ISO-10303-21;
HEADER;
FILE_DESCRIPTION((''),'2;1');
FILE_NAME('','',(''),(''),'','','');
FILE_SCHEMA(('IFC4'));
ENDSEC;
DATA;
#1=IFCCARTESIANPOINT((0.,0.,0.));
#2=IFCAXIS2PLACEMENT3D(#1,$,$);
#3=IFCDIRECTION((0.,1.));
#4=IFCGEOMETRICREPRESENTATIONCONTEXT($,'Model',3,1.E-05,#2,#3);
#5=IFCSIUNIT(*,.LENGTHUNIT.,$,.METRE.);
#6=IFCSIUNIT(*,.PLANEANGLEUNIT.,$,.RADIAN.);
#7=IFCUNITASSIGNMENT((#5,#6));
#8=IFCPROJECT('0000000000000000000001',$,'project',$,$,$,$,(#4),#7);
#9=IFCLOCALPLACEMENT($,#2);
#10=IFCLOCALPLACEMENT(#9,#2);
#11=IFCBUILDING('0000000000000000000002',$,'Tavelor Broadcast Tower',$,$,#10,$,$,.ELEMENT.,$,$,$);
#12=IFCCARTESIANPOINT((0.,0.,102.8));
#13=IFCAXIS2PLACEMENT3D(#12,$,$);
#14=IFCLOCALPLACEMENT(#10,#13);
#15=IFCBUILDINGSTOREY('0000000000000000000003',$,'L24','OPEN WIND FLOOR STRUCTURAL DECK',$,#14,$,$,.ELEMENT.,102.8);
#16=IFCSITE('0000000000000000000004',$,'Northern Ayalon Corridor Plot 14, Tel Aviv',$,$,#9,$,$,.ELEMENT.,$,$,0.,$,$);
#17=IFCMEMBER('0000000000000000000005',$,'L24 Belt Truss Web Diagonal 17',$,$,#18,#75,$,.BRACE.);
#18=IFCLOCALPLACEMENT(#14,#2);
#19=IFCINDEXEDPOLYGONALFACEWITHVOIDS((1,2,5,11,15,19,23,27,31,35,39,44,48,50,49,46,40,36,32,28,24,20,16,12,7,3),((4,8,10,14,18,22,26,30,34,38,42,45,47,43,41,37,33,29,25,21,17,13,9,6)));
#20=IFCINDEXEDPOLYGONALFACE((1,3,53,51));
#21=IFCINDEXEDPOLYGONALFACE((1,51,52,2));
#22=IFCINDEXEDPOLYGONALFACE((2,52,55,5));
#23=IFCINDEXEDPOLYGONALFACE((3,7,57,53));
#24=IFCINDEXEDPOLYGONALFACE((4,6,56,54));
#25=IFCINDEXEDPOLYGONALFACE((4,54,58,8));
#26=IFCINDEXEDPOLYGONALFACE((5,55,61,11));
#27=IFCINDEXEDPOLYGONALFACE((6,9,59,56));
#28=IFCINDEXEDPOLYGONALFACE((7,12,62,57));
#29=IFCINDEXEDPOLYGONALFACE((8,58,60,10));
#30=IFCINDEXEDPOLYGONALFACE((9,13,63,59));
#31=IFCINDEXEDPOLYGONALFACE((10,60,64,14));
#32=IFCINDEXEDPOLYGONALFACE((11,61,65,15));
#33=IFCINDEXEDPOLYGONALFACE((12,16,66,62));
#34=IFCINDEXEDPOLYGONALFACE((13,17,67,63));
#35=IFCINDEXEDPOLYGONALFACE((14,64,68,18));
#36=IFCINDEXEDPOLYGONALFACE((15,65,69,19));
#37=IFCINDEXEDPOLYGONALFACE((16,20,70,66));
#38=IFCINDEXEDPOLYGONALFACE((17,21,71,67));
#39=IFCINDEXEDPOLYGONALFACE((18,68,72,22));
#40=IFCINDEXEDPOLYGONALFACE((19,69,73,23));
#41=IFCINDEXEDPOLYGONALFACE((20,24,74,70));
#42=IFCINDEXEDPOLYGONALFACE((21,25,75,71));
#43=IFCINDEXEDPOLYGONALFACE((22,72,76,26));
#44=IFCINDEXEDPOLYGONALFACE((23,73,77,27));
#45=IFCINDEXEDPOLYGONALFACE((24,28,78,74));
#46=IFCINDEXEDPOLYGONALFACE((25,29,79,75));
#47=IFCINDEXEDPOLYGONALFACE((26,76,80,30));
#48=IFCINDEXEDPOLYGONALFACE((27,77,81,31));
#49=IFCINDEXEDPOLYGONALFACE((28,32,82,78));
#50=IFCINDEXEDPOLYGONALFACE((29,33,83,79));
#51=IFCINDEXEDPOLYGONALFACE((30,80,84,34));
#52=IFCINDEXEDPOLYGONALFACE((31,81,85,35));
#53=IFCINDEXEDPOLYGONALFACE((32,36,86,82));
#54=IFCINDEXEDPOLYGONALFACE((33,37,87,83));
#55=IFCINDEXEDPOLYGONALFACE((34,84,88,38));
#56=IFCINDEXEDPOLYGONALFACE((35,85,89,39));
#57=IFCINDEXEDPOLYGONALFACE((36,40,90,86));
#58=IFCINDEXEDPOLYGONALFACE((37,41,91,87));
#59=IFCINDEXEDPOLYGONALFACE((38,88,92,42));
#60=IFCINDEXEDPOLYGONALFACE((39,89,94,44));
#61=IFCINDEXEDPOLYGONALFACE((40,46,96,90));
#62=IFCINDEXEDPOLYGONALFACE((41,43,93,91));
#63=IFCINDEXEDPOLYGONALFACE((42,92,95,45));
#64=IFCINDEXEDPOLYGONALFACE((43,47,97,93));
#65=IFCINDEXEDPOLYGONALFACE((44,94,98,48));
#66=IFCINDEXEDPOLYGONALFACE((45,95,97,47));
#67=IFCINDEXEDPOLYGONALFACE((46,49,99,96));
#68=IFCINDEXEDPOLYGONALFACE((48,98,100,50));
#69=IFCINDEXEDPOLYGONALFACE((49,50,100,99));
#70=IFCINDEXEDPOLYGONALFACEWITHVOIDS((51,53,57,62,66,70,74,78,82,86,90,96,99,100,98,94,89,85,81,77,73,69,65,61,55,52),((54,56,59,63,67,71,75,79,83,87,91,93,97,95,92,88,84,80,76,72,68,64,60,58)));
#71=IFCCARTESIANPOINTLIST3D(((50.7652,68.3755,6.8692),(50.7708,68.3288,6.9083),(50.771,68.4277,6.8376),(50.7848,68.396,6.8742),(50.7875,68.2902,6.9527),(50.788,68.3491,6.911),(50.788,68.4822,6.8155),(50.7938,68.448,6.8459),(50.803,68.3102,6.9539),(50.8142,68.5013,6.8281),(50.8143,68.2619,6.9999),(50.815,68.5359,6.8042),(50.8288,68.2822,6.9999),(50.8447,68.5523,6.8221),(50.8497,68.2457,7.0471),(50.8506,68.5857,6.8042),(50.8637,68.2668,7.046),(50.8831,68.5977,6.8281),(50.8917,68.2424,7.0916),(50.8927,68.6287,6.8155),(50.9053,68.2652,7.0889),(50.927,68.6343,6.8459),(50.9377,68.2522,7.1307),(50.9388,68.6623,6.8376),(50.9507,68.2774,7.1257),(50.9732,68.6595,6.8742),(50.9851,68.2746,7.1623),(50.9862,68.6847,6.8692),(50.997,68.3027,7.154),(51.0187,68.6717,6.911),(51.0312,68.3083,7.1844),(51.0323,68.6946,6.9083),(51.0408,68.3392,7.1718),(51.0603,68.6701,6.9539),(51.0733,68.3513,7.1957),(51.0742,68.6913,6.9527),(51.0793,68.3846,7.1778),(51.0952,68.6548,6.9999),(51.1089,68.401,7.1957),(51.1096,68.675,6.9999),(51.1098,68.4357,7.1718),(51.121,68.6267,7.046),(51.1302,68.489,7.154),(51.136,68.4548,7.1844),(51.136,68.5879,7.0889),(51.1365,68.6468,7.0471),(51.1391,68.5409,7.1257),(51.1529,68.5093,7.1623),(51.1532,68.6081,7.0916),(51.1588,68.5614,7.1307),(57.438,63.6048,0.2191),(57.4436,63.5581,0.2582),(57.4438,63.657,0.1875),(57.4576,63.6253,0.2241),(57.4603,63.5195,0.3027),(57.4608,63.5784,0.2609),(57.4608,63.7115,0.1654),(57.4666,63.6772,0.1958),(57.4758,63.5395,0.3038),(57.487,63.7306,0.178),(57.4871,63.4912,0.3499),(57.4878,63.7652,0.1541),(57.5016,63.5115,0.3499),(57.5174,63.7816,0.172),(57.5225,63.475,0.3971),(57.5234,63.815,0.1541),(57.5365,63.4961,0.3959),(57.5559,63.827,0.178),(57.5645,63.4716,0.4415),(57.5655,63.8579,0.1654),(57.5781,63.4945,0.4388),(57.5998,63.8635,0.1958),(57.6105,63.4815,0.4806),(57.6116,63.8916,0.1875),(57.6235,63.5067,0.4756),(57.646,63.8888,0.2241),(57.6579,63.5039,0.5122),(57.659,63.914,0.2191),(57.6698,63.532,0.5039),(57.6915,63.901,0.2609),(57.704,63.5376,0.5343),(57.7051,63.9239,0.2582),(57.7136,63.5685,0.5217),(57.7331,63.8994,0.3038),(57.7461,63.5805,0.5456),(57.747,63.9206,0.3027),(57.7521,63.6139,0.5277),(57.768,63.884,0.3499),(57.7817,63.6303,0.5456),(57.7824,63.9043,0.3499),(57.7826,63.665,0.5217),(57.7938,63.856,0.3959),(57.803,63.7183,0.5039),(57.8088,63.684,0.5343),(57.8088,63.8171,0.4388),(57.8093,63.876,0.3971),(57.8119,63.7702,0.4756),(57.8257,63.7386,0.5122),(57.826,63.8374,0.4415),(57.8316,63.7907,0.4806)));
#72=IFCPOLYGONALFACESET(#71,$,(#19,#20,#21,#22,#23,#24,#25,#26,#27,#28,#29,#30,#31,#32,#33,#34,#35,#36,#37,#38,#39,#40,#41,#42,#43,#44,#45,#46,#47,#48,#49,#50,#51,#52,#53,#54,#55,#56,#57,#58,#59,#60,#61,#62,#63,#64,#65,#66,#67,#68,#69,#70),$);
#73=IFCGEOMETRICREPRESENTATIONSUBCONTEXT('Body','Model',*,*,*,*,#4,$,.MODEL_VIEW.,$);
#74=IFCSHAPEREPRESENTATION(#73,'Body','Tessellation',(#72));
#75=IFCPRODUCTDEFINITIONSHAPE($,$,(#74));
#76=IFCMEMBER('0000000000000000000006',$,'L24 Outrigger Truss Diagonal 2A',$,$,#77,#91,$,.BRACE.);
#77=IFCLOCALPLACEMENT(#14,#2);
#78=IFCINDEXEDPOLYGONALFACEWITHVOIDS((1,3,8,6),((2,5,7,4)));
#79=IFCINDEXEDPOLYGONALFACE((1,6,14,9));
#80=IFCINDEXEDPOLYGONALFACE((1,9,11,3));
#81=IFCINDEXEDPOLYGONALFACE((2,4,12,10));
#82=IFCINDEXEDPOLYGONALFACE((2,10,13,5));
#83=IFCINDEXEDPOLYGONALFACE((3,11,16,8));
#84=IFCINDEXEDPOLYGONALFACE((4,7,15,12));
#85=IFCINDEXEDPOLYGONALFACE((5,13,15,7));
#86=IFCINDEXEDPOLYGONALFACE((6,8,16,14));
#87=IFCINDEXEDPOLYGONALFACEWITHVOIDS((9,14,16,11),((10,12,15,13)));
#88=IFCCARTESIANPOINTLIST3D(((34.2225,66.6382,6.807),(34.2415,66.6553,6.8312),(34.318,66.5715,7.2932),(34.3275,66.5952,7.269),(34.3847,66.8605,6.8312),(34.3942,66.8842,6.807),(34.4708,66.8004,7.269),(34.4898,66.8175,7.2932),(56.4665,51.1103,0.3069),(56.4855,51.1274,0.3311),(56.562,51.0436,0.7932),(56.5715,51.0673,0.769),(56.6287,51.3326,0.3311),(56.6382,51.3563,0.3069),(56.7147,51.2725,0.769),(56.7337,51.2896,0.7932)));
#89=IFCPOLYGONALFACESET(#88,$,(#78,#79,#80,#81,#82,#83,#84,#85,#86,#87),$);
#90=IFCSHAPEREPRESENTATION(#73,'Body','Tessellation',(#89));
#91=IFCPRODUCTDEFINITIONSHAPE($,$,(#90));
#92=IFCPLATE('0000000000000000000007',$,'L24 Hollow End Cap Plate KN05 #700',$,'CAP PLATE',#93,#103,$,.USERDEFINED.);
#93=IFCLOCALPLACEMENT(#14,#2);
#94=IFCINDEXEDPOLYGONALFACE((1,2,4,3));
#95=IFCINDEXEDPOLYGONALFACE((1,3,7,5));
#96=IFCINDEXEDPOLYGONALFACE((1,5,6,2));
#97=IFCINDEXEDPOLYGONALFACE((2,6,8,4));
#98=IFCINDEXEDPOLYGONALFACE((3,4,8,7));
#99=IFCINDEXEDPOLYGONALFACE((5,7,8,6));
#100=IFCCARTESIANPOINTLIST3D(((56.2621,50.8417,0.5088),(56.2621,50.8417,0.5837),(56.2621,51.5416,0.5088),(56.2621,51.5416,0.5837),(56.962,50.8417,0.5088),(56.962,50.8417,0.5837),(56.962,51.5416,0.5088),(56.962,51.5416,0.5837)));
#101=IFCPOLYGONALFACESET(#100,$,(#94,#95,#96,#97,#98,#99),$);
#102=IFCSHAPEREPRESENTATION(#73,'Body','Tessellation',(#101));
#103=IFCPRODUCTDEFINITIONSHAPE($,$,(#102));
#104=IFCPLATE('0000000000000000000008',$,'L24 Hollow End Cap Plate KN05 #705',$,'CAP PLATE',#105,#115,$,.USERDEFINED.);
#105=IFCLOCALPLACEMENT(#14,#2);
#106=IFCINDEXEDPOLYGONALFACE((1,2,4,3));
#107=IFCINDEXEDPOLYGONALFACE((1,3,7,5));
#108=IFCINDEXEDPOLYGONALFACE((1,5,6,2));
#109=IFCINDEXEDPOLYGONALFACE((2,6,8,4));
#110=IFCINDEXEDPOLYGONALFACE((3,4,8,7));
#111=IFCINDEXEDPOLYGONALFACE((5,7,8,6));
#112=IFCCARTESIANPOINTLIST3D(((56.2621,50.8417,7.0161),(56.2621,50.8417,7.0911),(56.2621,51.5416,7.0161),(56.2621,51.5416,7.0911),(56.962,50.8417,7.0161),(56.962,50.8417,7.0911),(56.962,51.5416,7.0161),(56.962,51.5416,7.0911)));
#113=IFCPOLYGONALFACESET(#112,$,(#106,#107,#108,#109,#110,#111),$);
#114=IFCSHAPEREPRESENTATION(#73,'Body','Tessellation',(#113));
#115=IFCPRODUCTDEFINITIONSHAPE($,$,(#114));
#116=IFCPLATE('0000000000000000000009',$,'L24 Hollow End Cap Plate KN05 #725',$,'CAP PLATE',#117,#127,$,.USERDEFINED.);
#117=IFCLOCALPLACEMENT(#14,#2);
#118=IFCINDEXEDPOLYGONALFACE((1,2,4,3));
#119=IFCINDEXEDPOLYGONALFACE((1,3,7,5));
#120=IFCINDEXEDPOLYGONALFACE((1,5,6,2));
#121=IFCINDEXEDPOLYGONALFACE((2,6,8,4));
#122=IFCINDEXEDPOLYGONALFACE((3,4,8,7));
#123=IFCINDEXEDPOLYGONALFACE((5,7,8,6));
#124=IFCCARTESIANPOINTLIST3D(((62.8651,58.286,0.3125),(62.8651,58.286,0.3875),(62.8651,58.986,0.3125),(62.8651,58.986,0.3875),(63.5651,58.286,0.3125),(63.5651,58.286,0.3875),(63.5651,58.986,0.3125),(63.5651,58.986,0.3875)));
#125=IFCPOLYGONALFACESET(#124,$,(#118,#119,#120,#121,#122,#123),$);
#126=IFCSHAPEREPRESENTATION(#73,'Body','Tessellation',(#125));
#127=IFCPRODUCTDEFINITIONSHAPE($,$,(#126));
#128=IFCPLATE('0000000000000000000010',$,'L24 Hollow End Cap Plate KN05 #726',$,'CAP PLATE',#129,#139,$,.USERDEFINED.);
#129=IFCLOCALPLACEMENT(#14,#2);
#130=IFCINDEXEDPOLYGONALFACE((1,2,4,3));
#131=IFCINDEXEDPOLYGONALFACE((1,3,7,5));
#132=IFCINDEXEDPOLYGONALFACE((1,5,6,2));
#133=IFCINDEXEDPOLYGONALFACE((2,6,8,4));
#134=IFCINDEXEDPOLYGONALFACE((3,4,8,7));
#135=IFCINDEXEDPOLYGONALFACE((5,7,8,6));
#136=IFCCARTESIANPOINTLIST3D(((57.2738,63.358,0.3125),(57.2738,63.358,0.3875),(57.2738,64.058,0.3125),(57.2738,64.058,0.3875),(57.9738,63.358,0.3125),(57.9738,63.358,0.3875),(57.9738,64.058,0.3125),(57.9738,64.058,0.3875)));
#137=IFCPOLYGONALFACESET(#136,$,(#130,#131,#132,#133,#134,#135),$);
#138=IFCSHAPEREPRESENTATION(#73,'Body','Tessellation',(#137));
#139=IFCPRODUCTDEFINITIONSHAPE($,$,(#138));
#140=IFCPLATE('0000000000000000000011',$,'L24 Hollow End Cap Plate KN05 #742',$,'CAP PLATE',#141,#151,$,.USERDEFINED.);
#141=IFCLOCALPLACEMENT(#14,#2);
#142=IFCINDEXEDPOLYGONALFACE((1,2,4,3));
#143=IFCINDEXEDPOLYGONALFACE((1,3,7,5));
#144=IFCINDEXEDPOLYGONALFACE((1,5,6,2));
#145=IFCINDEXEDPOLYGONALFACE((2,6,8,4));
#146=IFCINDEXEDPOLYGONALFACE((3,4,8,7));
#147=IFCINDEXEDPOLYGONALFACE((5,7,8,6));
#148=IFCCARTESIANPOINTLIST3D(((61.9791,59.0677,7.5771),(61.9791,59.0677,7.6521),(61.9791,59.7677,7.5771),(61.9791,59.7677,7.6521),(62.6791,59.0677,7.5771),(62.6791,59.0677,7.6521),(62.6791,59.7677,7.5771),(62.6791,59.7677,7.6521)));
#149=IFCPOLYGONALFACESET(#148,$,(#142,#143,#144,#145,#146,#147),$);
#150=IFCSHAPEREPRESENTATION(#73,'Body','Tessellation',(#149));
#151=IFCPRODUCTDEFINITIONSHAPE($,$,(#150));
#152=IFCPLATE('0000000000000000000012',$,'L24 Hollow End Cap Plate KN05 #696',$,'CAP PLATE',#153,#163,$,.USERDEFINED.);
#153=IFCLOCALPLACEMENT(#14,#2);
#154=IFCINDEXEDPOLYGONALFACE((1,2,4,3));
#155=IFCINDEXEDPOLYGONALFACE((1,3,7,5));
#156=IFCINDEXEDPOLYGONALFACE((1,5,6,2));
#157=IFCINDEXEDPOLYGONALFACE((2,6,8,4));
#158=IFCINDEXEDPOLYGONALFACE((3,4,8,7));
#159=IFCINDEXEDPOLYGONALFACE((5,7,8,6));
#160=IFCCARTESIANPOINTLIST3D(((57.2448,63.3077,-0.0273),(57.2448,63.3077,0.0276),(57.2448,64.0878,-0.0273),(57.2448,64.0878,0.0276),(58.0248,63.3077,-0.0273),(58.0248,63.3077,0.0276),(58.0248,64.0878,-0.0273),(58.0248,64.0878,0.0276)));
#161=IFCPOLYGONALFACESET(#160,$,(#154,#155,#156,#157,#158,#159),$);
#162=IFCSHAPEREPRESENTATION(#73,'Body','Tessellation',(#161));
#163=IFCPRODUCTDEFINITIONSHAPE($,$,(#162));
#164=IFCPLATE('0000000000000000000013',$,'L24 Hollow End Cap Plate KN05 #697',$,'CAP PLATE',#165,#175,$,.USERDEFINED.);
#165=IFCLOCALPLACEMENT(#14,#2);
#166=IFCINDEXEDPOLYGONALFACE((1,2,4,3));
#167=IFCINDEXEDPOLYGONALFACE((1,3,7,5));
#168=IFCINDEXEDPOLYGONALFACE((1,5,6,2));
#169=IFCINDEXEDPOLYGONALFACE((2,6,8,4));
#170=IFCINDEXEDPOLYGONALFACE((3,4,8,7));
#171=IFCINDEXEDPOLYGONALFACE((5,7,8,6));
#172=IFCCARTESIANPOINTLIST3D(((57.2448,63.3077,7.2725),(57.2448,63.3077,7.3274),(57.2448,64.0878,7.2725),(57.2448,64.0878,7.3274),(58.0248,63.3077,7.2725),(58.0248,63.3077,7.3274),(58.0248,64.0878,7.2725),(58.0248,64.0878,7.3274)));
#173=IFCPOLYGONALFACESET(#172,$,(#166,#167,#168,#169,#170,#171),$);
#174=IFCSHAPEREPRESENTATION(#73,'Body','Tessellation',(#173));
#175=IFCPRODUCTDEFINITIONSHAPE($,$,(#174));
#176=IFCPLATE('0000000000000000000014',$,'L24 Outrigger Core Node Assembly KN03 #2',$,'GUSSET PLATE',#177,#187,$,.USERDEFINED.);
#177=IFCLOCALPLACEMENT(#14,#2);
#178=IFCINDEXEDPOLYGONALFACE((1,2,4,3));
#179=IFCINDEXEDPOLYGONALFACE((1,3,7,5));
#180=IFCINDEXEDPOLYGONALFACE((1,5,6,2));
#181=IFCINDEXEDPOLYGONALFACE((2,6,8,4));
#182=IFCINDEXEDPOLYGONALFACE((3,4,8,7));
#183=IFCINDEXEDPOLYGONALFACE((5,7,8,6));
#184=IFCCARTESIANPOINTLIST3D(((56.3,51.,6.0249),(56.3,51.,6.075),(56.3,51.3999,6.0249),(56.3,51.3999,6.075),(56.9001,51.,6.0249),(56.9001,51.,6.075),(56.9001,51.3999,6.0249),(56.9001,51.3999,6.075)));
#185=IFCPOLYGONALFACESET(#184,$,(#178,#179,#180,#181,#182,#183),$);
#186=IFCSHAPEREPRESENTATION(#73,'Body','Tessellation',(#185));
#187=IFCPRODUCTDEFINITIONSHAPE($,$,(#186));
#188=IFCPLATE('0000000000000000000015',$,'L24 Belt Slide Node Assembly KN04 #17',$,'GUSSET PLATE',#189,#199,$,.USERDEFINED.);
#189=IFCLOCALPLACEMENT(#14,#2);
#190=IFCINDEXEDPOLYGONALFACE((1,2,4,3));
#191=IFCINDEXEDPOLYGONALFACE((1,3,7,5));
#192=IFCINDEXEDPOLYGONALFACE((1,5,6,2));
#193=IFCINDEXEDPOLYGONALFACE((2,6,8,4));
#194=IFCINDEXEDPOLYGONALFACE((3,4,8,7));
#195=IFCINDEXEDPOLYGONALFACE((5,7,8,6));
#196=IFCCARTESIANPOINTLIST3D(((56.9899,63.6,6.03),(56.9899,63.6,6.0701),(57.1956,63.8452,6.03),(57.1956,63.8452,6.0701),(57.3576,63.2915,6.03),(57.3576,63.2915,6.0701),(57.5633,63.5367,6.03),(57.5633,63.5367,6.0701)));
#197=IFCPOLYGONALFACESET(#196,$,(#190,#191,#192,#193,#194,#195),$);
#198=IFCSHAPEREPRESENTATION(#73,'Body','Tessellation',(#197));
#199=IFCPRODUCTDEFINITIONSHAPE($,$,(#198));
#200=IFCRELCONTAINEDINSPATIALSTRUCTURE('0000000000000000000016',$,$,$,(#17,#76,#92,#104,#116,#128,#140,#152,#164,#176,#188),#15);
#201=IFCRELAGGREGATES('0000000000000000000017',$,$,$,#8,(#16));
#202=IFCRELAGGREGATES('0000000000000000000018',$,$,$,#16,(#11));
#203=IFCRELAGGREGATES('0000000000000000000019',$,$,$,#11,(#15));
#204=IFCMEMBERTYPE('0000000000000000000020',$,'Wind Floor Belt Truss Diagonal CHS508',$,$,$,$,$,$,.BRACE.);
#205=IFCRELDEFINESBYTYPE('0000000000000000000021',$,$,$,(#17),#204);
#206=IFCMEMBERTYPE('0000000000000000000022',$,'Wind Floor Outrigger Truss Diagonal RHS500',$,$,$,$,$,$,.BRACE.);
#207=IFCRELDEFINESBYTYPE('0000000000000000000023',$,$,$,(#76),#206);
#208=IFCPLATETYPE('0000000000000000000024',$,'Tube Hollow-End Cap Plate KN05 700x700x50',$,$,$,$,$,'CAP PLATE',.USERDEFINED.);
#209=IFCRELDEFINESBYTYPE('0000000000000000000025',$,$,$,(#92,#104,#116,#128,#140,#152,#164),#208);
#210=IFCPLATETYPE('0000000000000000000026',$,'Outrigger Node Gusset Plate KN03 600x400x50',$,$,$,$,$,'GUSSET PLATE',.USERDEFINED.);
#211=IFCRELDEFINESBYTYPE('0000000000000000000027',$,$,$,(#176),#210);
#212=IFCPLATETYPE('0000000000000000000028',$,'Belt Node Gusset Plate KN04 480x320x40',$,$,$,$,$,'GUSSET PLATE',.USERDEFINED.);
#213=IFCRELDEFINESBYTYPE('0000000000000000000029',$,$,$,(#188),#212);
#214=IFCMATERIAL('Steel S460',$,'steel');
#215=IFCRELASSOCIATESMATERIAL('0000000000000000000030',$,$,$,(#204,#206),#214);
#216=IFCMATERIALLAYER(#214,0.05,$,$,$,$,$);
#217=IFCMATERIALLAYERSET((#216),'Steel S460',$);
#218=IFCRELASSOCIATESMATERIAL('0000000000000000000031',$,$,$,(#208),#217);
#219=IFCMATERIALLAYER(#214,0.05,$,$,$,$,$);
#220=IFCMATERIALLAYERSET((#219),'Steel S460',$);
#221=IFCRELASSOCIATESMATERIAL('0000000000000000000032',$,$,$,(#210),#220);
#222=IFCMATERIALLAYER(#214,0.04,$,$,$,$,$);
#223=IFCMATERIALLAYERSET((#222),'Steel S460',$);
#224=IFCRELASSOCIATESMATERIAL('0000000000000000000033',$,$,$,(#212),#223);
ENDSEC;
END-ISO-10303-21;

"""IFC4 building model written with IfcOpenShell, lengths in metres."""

from ifc_helpers import new_model, si_unit, direction, frame, origin, origin_2d, place, context, subcontext, project, spatial, rectangle, hollow_rectangle, hollow_circle, extrude, source, transform, mapped, material, layer, layer_set, material_profile, profile_set, type_object, type_shapes, element, save


model = new_model("IFC4")

# Units and contexts
model_context = context("Model", 3, precision=1e-05, world=origin(), true_north=direction((0.0, 1.0)))
body_context = subcontext(model_context, "Body", "Model", "MODEL_VIEW")
ifc_project = project(units=[si_unit("LENGTHUNIT", "METRE"), si_unit("PLANEANGLEUNIT", "RADIAN")], contexts=[model_context])

# Site, building, storey
site_placement = place(None, origin())
site = spatial("IfcSite", under=ifc_project, at=site_placement, Name="Northern Ayalon Corridor Plot 14, Tel Aviv", CompositionType="ELEMENT", RefElevation=0.0)
building_placement = place(site_placement, origin())
building = spatial("IfcBuilding", under=site, at=building_placement, Name="Tavelor Broadcast Tower", CompositionType="ELEMENT")
storey_placement = place(building_placement, frame((0.0, 0.0, 102.8)))
storey = spatial("IfcBuildingStorey", under=building, at=storey_placement, Name="L24", Description="OPEN WIND FLOOR STRUCTURAL DECK", CompositionType="ELEMENT", Elevation=102.8)

# Shared definitions
ifc_material_1 = material(Name="Steel S460", Category="steel")

# Members
ifc_material_profile_1 = material_profile(ifc_material_1, hollow_circle(Radius=0.2539, WallThickness=0.0249, at=origin_2d()), Name="CHS 508x25")
ifc_profile_set_1 = profile_set([ifc_material_profile_1], Name="Steel S460")
member_type_1 = type_object("IfcMemberType", Name="Wind Floor Belt Truss Diagonal CHS508", PredefinedType="BRACE", material=ifc_profile_set_1)
member_1_placement = place(storey_placement, frame((57.6348, 63.6978, 0.3499), z_axis=(-0.631905, 0.45178, 0.629755), x_axis=(-0.581596, -0.813478, 0.0)))
element("IfcMember", 1, at=member_1_placement, inside=storey, type_object=member_type_1, Name="L24 Belt Truss Web Diagonal 17", PredefinedType="BRACE", context=body_context, shape_type="SweptSolid", body=[
    extrude(hollow_circle(Radius=0.2539, WallThickness=0.0249, at=origin_2d()), origin(), (0.0, 0.0, 1.0), 10.5598),
])
ifc_material_profile_2 = material_profile(ifc_material_1, hollow_rectangle(XDim=0.3, YDim=0.5, WallThickness=0.0249, at=origin_2d()), Name="RHS 500x300x25")
ifc_profile_set_2 = profile_set([ifc_material_profile_2], Name="Steel S460")
member_type_2 = type_object("IfcMemberType", Name="Wind Floor Outrigger Truss Diagonal RHS500", PredefinedType="BRACE", material=ifc_profile_set_2)
member_2_placement = place(storey_placement, frame((56.6001, 51.2, 0.55), z_axis=(-0.797403, 0.556644, 0.233013), x_axis=(-0.572401, -0.819974, 0.0)))
element("IfcMember", 2, at=member_2_placement, inside=storey, type_object=member_type_2, Name="L24 Outrigger Truss Diagonal 2A", PredefinedType="BRACE", context=body_context, shape_type="SweptSolid", body=[
    extrude(hollow_rectangle(XDim=0.3, YDim=0.5, WallThickness=0.0249, at=origin_2d()), origin(), (0.0, 0.0, 1.0), 27.8955),
])

# Plates
ifc_layer_1 = layer(ifc_material_1, 0.05)
ifc_layer_set_1 = layer_set([ifc_layer_1], Name="Steel S460")
plate_type_1 = type_object("IfcPlateType", Name="Tube Hollow-End Cap Plate KN05 700x700x50", ElementType="CAP PLATE", PredefinedType="USERDEFINED", material=ifc_layer_set_1)
shared_shape_1 = source(origin(), body_context, "Body", "SweptSolid", [
    extrude(rectangle(XDim=0.7, YDim=0.7, at=origin_2d()), origin(), (0.0, 0.0, 1.0), 0.075),
])
for number, where, z_axis, x_axis, name in (
    (3, (56.6121, 51.1917, 0.5088), (0.0, 0.0, 1.0), (1.0, 0.0, 0.0), "L24 Hollow End Cap Plate KN05 #700"),
    (4, (56.6121, 51.1917, 7.0161), (0.0, 0.0, 1.0), (1.0, 0.0, 0.0), "L24 Hollow End Cap Plate KN05 #705"),
    (5, (63.2151, 58.636, 0.3125), (0.0, 0.0, 1.0), (1.0, 0.0, 0.0), "L24 Hollow End Cap Plate KN05 #725"),
    (6, (57.6238, 63.708, 0.3125), (0.0, 0.0, 1.0), (1.0, 0.0, 0.0), "L24 Hollow End Cap Plate KN05 #726"),
    (7, (62.3291, 59.4177, 7.5771), (0.0, 0.0, 1.0), (1.0, 0.0, 0.0), "L24 Hollow End Cap Plate KN05 #742"),
):
    element("IfcPlate", number, at=place(storey_placement, frame(where, z_axis=z_axis, x_axis=x_axis)), inside=storey, type_object=plate_type_1, Name=name, ObjectType="CAP PLATE", PredefinedType="USERDEFINED", context=body_context, shape_type="MappedRepresentation", body=[
        mapped(shared_shape_1, transform((0.0, 0.0, 0.0), scale=1.0)),
    ])
shared_shape_2 = source(origin(), body_context, "Body", "SweptSolid", [
    extrude(rectangle(XDim=0.78, YDim=0.78, at=origin_2d()), origin(), (0.0, 0.0, 1.0), 0.0549),
])
type_shapes(plate_type_1, [shared_shape_1, shared_shape_2])
for number, where, z_axis, x_axis, name in (
    (8, (57.6348, 63.6978, -0.0273), (0.0, 0.0, 1.0), (1.0, 0.0, 0.0), "L24 Hollow End Cap Plate KN05 #696"),
    (9, (57.6348, 63.6978, 7.2725), (0.0, 0.0, 1.0), (1.0, 0.0, 0.0), "L24 Hollow End Cap Plate KN05 #697"),
):
    element("IfcPlate", number, at=place(storey_placement, frame(where, z_axis=z_axis, x_axis=x_axis)), inside=storey, type_object=plate_type_1, Name=name, ObjectType="CAP PLATE", PredefinedType="USERDEFINED", context=body_context, shape_type="MappedRepresentation", body=[
        mapped(shared_shape_2, transform((0.0, 0.0, 0.0), scale=1.0)),
    ])
ifc_layer_2 = layer(ifc_material_1, 0.05)
ifc_layer_set_2 = layer_set([ifc_layer_2], Name="Steel S460")
plate_type_2 = type_object("IfcPlateType", Name="Outrigger Node Gusset Plate KN03 600x400x50", ElementType="GUSSET PLATE", PredefinedType="USERDEFINED", material=ifc_layer_set_2)
shared_shape_3 = source(origin(), body_context, "Body", "SweptSolid", [
    extrude(rectangle(XDim=0.6001, YDim=0.3999, at=origin_2d()), origin(), (0.0, 0.0, 1.0), 0.05),
])
type_shapes(plate_type_2, [shared_shape_3])
plate_1_placement = place(storey_placement, frame((56.6001, 51.2, 6.0249), z_axis=(0.0, 0.0, 1.0), x_axis=(1.0, 0.0, 0.0)))
element("IfcPlate", 10, at=plate_1_placement, inside=storey, type_object=plate_type_2, Name="L24 Outrigger Core Node Assembly KN03 #2", ObjectType="GUSSET PLATE", PredefinedType="USERDEFINED", context=body_context, shape_type="MappedRepresentation", body=[
    mapped(shared_shape_3, transform((0.0, 0.0, 0.0), scale=1.0)),
])
ifc_layer_3 = layer(ifc_material_1, 0.04)
ifc_layer_set_3 = layer_set([ifc_layer_3], Name="Steel S460")
plate_type_3 = type_object("IfcPlateType", Name="Belt Node Gusset Plate KN04 480x320x40", ElementType="GUSSET PLATE", PredefinedType="USERDEFINED", material=ifc_layer_set_3)
shared_shape_4 = source(origin(), body_context, "Body", "SweptSolid", [
    extrude(rectangle(XDim=0.48, YDim=0.3201, at=origin_2d()), origin(), (0.0, 0.0, 1.0), 0.04),
])
type_shapes(plate_type_3, [shared_shape_4])
plate_2_placement = place(storey_placement, frame((57.2766, 63.5684, 6.03), z_axis=(0.0, 0.0, 1.0), x_axis=(0.766044, -0.642788, 0.0)))
element("IfcPlate", 11, at=plate_2_placement, inside=storey, type_object=plate_type_3, Name="L24 Belt Slide Node Assembly KN04 #17", ObjectType="GUSSET PLATE", PredefinedType="USERDEFINED", context=body_context, shape_type="MappedRepresentation", body=[
    mapped(shared_shape_4, transform((0.0, 0.0, 0.0), scale=1.0)),
])

save(model, "model.ifc")
